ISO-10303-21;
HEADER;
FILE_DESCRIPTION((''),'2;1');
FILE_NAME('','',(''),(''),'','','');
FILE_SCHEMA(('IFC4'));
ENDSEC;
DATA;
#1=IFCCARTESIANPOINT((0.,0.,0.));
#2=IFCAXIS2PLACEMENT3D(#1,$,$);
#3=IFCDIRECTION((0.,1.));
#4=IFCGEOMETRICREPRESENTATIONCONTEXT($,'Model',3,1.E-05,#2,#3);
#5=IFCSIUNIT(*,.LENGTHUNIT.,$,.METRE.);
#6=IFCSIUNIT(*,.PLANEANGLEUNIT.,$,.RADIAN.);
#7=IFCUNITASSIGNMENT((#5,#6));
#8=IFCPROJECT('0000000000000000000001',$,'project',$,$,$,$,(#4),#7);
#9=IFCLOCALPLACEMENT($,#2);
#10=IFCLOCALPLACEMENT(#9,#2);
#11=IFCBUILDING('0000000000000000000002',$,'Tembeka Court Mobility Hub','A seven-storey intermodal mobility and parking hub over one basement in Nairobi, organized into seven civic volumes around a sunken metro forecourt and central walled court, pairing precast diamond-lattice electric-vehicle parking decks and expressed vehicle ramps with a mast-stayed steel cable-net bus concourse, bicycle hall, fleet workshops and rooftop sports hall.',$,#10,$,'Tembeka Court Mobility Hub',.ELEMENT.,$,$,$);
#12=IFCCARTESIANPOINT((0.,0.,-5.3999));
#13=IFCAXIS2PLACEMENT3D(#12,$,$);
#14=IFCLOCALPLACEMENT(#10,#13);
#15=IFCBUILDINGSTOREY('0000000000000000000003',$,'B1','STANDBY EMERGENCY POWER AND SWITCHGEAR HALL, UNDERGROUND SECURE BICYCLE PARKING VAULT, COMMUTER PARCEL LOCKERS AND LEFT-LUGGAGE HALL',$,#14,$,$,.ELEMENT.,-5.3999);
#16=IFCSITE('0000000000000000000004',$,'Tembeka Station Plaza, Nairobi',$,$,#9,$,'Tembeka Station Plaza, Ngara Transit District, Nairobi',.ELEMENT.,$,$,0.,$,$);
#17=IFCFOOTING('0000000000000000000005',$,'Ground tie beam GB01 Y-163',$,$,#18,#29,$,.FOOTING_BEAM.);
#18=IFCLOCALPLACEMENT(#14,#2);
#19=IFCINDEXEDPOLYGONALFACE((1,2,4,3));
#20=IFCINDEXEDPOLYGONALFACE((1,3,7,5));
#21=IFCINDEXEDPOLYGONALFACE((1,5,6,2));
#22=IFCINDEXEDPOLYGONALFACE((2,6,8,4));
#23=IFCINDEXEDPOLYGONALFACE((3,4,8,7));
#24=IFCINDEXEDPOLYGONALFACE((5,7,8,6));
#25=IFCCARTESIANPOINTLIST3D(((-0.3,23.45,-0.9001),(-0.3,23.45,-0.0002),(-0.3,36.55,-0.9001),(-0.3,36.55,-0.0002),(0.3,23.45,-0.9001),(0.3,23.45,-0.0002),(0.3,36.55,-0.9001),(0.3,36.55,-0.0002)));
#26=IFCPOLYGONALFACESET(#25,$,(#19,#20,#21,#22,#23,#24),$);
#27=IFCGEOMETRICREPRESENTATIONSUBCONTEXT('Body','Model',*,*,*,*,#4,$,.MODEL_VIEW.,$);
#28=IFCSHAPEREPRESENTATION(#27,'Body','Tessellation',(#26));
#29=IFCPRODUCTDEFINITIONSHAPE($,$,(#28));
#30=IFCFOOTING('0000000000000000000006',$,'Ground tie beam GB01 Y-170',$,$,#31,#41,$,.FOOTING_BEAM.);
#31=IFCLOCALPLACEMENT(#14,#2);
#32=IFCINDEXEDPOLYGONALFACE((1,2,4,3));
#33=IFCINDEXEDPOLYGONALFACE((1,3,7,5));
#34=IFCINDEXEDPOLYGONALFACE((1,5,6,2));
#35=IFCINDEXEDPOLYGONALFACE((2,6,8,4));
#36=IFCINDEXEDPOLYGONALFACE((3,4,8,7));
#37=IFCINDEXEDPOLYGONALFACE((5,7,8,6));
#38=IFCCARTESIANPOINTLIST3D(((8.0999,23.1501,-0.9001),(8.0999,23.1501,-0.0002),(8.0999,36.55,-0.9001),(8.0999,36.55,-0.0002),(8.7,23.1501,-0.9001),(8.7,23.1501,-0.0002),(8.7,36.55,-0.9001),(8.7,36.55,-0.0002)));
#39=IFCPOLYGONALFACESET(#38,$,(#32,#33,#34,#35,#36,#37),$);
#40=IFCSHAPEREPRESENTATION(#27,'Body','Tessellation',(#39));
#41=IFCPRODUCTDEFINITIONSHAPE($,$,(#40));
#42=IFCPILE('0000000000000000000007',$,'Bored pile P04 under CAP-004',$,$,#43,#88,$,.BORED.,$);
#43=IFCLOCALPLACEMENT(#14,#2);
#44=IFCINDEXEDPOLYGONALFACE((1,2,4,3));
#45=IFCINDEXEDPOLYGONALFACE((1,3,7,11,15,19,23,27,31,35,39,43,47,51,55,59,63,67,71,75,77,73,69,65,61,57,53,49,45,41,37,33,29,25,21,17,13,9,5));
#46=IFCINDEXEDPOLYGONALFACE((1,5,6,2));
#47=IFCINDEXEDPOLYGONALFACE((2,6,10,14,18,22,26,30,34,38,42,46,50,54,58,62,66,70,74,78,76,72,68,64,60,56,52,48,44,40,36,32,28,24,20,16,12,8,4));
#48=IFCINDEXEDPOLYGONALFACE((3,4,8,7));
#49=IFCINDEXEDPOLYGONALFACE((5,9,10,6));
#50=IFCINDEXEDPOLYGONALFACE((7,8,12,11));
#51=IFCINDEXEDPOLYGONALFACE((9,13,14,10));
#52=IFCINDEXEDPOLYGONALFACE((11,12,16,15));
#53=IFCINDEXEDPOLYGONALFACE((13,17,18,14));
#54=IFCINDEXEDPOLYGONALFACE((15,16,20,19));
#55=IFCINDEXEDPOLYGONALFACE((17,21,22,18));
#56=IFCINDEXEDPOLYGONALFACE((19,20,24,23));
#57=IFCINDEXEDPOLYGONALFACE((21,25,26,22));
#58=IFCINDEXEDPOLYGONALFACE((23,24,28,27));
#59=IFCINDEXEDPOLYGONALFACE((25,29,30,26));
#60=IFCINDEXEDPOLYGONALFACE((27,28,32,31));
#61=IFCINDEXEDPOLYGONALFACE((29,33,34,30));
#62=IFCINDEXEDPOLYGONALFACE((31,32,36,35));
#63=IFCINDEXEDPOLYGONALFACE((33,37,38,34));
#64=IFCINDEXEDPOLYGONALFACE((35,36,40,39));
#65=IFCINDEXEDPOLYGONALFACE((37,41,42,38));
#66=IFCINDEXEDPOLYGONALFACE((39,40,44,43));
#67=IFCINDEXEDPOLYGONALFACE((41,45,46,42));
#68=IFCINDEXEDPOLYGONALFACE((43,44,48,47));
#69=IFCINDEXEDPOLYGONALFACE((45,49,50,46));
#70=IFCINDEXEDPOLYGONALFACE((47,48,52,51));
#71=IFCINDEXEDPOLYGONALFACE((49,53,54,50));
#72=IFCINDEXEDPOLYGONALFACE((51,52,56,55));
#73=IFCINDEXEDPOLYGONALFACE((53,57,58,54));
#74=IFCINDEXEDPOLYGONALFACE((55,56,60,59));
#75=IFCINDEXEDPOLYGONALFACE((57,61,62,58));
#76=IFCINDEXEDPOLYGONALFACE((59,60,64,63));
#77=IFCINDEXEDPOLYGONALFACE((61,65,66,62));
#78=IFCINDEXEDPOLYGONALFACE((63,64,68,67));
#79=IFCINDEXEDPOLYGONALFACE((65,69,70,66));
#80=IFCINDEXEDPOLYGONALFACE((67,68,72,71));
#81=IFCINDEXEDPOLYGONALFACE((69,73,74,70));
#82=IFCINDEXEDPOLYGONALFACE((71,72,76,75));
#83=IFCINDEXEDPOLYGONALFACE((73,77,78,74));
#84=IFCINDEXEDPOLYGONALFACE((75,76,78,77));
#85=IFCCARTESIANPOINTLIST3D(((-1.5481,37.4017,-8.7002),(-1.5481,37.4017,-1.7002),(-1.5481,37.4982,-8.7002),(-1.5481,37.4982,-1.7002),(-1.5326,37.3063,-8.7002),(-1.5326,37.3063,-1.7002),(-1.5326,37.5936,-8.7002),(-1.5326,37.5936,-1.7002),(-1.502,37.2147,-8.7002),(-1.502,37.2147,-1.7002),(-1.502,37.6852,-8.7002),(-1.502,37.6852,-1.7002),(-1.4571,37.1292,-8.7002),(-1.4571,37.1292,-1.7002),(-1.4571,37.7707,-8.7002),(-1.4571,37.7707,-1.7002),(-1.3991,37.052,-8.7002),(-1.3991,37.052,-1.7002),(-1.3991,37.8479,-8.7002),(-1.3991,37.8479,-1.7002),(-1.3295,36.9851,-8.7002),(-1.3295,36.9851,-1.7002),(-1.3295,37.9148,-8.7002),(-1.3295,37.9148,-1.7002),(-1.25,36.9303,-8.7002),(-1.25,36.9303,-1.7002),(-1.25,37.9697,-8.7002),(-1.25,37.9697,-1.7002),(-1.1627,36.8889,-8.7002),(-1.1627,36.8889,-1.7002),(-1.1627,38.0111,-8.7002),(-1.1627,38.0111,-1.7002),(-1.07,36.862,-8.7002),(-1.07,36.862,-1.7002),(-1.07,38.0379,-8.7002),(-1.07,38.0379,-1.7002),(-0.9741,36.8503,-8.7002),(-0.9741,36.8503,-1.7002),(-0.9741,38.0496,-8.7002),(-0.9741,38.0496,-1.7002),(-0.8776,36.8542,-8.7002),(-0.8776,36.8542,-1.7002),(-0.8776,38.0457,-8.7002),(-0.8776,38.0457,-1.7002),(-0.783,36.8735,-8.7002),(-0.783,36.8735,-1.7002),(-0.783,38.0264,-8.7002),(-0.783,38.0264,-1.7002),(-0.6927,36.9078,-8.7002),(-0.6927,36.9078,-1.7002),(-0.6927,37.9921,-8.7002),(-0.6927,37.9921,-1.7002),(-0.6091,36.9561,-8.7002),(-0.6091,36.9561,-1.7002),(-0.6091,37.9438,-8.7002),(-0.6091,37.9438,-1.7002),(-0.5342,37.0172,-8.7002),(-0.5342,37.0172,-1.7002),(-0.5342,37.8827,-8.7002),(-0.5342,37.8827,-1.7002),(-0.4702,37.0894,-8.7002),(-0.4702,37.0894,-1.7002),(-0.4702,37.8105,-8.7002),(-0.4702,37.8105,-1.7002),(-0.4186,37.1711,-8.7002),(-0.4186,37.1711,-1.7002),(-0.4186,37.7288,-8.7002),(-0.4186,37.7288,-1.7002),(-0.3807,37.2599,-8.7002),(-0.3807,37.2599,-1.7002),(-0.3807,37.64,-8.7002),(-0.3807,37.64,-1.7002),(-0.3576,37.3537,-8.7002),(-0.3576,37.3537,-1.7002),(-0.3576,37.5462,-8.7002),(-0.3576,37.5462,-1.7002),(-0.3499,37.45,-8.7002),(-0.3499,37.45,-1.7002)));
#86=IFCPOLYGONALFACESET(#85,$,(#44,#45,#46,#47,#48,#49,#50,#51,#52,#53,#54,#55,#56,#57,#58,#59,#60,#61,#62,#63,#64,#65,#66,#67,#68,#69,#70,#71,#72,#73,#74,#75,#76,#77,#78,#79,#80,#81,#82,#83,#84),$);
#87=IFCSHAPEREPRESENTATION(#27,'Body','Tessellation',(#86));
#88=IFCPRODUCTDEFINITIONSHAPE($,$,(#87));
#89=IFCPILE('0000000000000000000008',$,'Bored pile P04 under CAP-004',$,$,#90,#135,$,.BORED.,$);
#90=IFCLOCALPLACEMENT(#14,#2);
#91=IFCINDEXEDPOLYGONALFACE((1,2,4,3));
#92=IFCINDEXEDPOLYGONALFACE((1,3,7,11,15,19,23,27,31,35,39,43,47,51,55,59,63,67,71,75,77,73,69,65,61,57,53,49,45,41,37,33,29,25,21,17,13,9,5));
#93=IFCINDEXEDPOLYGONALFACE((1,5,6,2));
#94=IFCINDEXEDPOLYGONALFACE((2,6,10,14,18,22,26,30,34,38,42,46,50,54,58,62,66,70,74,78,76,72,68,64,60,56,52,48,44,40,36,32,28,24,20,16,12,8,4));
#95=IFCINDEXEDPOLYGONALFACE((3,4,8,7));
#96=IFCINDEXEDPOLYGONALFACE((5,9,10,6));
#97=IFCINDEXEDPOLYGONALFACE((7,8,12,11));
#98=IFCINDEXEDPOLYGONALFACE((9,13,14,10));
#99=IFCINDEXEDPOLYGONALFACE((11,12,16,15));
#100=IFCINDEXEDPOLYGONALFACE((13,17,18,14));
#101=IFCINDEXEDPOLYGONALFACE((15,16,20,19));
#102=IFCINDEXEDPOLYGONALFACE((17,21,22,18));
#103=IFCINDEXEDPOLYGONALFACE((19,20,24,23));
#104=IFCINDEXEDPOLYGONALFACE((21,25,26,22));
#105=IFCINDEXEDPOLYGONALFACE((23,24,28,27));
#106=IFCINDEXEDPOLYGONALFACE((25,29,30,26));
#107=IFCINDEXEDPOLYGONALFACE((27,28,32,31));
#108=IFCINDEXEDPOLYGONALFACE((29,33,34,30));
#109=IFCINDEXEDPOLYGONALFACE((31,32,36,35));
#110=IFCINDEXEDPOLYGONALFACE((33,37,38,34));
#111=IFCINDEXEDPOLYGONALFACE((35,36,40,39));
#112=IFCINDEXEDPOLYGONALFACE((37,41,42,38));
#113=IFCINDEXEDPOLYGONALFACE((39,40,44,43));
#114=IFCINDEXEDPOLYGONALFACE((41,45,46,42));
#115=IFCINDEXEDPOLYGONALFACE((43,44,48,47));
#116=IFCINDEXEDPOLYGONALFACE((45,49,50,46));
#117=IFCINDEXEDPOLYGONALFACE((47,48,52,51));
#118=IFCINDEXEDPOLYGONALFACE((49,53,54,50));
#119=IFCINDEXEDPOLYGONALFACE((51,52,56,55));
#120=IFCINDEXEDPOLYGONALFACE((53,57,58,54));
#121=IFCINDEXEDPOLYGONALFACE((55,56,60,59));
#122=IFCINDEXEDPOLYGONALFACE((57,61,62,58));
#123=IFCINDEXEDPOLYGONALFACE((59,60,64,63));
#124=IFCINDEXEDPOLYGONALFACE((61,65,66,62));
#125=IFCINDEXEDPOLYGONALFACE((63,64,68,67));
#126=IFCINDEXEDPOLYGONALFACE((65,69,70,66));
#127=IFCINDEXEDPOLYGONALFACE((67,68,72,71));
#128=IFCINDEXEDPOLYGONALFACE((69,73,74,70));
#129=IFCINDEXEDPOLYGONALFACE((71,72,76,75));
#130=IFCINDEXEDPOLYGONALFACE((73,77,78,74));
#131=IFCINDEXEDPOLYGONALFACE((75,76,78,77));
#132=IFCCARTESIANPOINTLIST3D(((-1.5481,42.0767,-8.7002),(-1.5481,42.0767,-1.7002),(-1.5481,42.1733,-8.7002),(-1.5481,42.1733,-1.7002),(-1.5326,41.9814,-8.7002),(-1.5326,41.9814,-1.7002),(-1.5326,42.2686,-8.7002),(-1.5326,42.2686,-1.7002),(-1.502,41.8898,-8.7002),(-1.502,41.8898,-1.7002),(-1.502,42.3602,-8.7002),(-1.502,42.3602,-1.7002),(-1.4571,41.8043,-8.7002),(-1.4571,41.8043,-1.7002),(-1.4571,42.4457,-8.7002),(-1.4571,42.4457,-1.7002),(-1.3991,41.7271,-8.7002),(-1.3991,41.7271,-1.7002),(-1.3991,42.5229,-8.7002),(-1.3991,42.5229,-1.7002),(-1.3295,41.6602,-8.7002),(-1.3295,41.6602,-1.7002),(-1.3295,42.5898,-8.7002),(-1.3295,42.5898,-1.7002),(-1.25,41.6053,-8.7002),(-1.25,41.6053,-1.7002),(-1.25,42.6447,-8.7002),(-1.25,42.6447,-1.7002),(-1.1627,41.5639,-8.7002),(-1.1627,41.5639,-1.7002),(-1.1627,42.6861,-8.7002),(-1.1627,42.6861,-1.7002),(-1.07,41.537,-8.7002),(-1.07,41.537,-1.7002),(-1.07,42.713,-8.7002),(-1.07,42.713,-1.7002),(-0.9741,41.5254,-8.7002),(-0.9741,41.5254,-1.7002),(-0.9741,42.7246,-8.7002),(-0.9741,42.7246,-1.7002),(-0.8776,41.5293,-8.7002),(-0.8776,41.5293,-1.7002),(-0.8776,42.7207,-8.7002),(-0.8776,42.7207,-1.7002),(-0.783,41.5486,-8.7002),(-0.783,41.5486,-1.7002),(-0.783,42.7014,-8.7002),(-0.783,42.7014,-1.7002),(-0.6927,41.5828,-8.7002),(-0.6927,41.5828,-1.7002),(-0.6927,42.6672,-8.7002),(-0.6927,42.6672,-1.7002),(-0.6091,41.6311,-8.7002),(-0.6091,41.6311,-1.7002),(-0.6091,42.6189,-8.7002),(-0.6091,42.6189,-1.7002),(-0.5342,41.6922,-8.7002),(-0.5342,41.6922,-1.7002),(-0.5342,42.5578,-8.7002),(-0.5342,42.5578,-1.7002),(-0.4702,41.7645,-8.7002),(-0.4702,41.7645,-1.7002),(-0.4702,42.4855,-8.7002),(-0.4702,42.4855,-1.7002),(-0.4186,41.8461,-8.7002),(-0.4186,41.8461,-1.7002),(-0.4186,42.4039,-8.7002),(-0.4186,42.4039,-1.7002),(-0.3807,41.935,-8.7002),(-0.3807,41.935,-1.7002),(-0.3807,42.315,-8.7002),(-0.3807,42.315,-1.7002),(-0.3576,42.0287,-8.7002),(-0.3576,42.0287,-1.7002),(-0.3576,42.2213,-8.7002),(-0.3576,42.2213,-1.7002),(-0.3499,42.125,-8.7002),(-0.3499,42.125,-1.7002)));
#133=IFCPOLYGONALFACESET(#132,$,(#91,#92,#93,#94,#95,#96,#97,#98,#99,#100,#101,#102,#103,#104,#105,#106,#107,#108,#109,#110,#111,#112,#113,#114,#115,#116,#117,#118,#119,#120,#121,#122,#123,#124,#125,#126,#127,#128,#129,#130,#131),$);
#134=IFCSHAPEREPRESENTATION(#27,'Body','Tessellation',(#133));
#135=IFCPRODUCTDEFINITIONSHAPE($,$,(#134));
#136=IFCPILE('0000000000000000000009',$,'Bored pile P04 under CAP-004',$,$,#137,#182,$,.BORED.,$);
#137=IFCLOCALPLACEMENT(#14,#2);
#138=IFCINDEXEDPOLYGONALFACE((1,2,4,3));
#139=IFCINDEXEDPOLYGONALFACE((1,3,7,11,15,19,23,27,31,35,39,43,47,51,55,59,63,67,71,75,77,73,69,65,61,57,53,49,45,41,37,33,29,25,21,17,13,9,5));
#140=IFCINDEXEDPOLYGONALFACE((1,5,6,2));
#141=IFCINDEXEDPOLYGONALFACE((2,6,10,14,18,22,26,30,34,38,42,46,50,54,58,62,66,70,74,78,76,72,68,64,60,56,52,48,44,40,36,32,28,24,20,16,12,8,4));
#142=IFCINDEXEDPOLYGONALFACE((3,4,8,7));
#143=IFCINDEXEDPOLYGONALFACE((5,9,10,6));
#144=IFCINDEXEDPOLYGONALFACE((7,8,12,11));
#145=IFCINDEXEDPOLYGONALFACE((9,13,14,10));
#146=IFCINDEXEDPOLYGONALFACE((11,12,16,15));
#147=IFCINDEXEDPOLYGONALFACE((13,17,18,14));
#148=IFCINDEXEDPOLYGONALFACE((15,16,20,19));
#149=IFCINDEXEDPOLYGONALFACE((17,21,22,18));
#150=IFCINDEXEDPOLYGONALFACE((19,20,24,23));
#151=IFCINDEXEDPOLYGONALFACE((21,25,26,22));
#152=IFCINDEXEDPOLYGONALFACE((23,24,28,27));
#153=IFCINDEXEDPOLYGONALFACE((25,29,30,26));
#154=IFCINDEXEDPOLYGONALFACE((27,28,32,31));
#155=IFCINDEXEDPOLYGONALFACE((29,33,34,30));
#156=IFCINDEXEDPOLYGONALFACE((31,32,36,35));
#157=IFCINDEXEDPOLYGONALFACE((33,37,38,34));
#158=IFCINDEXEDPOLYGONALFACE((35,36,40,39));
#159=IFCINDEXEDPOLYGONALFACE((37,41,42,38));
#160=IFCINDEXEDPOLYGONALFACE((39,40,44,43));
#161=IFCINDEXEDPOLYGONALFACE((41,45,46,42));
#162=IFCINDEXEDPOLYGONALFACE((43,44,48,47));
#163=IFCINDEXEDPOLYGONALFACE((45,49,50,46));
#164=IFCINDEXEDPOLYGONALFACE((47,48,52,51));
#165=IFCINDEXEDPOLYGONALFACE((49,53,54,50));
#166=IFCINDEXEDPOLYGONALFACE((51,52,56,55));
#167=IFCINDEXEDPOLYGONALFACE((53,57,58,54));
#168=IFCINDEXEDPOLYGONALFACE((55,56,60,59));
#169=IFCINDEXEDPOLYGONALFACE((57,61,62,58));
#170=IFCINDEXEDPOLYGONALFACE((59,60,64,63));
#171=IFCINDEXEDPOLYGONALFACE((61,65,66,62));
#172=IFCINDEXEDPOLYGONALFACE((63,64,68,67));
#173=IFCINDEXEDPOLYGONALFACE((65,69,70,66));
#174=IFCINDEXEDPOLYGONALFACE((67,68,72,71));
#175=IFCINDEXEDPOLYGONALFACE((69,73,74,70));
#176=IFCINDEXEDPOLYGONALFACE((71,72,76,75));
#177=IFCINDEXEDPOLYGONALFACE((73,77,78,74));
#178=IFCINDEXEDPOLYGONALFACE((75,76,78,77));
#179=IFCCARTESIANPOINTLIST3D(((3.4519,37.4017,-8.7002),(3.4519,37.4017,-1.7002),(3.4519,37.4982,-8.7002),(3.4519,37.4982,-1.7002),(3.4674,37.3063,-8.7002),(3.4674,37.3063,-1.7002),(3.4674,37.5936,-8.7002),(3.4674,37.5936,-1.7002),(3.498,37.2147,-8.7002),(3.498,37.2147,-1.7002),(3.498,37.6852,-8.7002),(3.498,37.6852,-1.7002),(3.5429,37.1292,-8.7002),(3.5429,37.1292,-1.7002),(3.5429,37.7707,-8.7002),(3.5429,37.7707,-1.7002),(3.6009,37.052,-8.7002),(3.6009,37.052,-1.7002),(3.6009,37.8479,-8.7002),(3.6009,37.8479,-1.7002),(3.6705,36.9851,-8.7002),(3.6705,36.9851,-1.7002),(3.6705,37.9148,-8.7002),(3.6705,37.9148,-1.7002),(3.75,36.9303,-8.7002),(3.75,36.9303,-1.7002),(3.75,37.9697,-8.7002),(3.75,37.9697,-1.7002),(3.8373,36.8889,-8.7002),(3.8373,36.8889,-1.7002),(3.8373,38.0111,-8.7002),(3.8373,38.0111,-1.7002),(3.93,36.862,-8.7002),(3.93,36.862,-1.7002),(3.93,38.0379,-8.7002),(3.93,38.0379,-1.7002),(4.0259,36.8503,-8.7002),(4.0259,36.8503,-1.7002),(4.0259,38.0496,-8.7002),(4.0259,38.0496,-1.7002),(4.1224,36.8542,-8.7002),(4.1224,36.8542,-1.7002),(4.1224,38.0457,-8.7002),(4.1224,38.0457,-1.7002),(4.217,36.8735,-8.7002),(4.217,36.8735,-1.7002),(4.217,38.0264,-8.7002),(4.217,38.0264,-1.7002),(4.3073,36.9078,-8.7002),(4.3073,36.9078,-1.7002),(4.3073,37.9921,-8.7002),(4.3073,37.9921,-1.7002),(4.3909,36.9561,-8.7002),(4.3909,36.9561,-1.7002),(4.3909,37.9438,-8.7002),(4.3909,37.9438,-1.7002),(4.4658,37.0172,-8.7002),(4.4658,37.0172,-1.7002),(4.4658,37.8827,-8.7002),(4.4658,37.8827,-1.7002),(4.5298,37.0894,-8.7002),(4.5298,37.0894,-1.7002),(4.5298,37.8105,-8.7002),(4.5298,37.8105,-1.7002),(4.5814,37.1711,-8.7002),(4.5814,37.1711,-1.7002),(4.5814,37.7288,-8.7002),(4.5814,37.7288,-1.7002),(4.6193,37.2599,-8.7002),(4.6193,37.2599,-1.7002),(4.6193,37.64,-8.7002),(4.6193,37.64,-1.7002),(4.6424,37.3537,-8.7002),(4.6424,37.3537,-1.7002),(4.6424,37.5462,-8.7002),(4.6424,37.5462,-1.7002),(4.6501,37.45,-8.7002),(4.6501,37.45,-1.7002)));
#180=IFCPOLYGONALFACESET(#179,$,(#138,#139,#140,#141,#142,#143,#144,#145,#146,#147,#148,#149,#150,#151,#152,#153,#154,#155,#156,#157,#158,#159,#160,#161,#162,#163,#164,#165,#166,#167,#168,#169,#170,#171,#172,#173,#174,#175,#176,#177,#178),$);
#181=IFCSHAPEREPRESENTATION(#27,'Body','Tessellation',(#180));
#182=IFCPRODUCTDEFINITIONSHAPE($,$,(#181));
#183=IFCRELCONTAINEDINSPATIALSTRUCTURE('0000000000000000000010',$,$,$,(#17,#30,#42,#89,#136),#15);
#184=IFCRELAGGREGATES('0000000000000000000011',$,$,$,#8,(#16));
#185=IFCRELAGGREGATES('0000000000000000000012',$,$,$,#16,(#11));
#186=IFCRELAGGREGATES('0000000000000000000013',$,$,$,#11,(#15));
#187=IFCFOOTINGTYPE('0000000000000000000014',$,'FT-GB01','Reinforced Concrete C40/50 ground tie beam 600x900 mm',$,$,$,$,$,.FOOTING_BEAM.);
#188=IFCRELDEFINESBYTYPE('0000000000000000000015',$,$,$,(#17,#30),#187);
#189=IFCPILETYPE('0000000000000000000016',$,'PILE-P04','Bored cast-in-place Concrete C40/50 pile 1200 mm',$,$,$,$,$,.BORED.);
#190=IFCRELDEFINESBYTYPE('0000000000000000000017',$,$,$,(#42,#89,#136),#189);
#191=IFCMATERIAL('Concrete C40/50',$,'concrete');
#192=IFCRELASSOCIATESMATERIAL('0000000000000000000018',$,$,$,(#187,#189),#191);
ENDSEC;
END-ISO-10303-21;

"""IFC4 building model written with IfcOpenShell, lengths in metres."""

from ifc_helpers import new_model, si_unit, direction, frame, origin, origin_2d, place, context, subcontext, project, spatial, rectangle, circle, extrude, material, material_profile, profile_set, type_object, element, save


model = new_model("IFC4")

# Units and contexts
model_context = context("Model", 3, precision=1e-05, world=origin(), true_north=direction((0.0, 1.0)))
body_context = subcontext(model_context, "Body", "Model", "MODEL_VIEW")
ifc_project = project(units=[si_unit("LENGTHUNIT", "METRE"), si_unit("PLANEANGLEUNIT", "RADIAN")], contexts=[model_context])

# Site, building, storey
site_placement = place(None, origin())
site = spatial("IfcSite", under=ifc_project, at=site_placement, Name="Tembeka Station Plaza, Nairobi", LongName="Tembeka Station Plaza, Ngara Transit District, Nairobi", CompositionType="ELEMENT", RefElevation=0.0)
building_placement = place(site_placement, origin())
building = spatial("IfcBuilding", under=site, at=building_placement, Name="Tembeka Court Mobility Hub", Description="A seven-storey intermodal mobility and parking hub over one basement in Nairobi, organized into seven civic volumes around a sunken metro forecourt and central walled court, pairing precast diamond-lattice electric-vehicle parking decks and expressed vehicle ramps with a mast-stayed steel cable-net bus concourse, bicycle hall, fleet workshops and rooftop sports hall.", LongName="Tembeka Court Mobility Hub", CompositionType="ELEMENT")
storey_placement = place(building_placement, frame((0.0, 0.0, -5.3999)))
storey = spatial("IfcBuildingStorey", under=building, at=storey_placement, Name="B1", Description="STANDBY EMERGENCY POWER AND SWITCHGEAR HALL, UNDERGROUND SECURE BICYCLE PARKING VAULT, COMMUTER PARCEL LOCKERS AND LEFT-LUGGAGE HALL", CompositionType="ELEMENT", Elevation=-5.3999)

# Footings
ifc_material_1 = material(Name="Concrete C40/50", Category="concrete")
footing_type = type_object("IfcFootingType", Name="FT-GB01", Description="Reinforced Concrete C40/50 ground tie beam 600x900 mm", PredefinedType="FOOTING_BEAM", material=ifc_material_1)
footing_1_placement = place(storey_placement, frame((0.0, 30.0, -0.9001), z_axis=(0.0, 0.0, 1.0), x_axis=(0.0, 1.0, 0.0)))
element("IfcFooting", 1, at=footing_1_placement, inside=storey, type_object=footing_type, Name="Ground tie beam GB01 Y-163", PredefinedType="FOOTING_BEAM", context=body_context, shape_type="SweptSolid", body=[
    extrude(rectangle(XDim=13.1001, YDim=0.6001, at=origin_2d()), origin(), (0.0, 0.0, 1.0), 0.8999),
])
footing_2_placement = place(storey_placement, frame((8.3999, 29.8501, -0.9001), z_axis=(0.0, 0.0, 1.0), x_axis=(0.0, 1.0, 0.0)))
element("IfcFooting", 2, at=footing_2_placement, inside=storey, type_object=footing_type, Name="Ground tie beam GB01 Y-170", PredefinedType="FOOTING_BEAM", context=body_context, shape_type="SweptSolid", body=[
    extrude(rectangle(XDim=13.3999, YDim=0.6001, at=origin_2d()), origin(), (0.0, 0.0, 1.0), 0.8999),
])

# Piles
ifc_material_profile_1 = material_profile(ifc_material_1, circle(Radius=0.6001, at=origin_2d()), Name="PILE D1200")
ifc_profile_set_1 = profile_set([ifc_material_profile_1], Name="Concrete C40/50")
pile_type = type_object("IfcPileType", Name="PILE-P04", Description="Bored cast-in-place Concrete C40/50 pile 1200 mm", PredefinedType="BORED", material=ifc_profile_set_1)
for number, where, z_axis, x_axis, name in (
    (3, (-0.95, 37.45, -1.7002), (0.0, 0.0, -1.0), (1.0, 0.0, 0.0), "Bored pile P04 under CAP-004"),
    (4, (-0.95, 42.125, -1.7002), (0.0, 0.0, -1.0), (1.0, 0.0, 0.0), "Bored pile P04 under CAP-004"),
    (5, (4.05, 37.45, -1.7002), (0.0, 0.0, -1.0), (1.0, 0.0, 0.0), "Bored pile P04 under CAP-004"),
):
    element("IfcPile", number, at=place(storey_placement, frame(where, z_axis=z_axis, x_axis=x_axis)), inside=storey, type_object=pile_type, Name=name, PredefinedType="BORED", context=body_context, shape_type="SweptSolid", body=[
        extrude(circle(Radius=0.6001, at=origin_2d()), origin(), (0.0, 0.0, 1.0), 7.0),
    ])

save(model, "model.ifc")
